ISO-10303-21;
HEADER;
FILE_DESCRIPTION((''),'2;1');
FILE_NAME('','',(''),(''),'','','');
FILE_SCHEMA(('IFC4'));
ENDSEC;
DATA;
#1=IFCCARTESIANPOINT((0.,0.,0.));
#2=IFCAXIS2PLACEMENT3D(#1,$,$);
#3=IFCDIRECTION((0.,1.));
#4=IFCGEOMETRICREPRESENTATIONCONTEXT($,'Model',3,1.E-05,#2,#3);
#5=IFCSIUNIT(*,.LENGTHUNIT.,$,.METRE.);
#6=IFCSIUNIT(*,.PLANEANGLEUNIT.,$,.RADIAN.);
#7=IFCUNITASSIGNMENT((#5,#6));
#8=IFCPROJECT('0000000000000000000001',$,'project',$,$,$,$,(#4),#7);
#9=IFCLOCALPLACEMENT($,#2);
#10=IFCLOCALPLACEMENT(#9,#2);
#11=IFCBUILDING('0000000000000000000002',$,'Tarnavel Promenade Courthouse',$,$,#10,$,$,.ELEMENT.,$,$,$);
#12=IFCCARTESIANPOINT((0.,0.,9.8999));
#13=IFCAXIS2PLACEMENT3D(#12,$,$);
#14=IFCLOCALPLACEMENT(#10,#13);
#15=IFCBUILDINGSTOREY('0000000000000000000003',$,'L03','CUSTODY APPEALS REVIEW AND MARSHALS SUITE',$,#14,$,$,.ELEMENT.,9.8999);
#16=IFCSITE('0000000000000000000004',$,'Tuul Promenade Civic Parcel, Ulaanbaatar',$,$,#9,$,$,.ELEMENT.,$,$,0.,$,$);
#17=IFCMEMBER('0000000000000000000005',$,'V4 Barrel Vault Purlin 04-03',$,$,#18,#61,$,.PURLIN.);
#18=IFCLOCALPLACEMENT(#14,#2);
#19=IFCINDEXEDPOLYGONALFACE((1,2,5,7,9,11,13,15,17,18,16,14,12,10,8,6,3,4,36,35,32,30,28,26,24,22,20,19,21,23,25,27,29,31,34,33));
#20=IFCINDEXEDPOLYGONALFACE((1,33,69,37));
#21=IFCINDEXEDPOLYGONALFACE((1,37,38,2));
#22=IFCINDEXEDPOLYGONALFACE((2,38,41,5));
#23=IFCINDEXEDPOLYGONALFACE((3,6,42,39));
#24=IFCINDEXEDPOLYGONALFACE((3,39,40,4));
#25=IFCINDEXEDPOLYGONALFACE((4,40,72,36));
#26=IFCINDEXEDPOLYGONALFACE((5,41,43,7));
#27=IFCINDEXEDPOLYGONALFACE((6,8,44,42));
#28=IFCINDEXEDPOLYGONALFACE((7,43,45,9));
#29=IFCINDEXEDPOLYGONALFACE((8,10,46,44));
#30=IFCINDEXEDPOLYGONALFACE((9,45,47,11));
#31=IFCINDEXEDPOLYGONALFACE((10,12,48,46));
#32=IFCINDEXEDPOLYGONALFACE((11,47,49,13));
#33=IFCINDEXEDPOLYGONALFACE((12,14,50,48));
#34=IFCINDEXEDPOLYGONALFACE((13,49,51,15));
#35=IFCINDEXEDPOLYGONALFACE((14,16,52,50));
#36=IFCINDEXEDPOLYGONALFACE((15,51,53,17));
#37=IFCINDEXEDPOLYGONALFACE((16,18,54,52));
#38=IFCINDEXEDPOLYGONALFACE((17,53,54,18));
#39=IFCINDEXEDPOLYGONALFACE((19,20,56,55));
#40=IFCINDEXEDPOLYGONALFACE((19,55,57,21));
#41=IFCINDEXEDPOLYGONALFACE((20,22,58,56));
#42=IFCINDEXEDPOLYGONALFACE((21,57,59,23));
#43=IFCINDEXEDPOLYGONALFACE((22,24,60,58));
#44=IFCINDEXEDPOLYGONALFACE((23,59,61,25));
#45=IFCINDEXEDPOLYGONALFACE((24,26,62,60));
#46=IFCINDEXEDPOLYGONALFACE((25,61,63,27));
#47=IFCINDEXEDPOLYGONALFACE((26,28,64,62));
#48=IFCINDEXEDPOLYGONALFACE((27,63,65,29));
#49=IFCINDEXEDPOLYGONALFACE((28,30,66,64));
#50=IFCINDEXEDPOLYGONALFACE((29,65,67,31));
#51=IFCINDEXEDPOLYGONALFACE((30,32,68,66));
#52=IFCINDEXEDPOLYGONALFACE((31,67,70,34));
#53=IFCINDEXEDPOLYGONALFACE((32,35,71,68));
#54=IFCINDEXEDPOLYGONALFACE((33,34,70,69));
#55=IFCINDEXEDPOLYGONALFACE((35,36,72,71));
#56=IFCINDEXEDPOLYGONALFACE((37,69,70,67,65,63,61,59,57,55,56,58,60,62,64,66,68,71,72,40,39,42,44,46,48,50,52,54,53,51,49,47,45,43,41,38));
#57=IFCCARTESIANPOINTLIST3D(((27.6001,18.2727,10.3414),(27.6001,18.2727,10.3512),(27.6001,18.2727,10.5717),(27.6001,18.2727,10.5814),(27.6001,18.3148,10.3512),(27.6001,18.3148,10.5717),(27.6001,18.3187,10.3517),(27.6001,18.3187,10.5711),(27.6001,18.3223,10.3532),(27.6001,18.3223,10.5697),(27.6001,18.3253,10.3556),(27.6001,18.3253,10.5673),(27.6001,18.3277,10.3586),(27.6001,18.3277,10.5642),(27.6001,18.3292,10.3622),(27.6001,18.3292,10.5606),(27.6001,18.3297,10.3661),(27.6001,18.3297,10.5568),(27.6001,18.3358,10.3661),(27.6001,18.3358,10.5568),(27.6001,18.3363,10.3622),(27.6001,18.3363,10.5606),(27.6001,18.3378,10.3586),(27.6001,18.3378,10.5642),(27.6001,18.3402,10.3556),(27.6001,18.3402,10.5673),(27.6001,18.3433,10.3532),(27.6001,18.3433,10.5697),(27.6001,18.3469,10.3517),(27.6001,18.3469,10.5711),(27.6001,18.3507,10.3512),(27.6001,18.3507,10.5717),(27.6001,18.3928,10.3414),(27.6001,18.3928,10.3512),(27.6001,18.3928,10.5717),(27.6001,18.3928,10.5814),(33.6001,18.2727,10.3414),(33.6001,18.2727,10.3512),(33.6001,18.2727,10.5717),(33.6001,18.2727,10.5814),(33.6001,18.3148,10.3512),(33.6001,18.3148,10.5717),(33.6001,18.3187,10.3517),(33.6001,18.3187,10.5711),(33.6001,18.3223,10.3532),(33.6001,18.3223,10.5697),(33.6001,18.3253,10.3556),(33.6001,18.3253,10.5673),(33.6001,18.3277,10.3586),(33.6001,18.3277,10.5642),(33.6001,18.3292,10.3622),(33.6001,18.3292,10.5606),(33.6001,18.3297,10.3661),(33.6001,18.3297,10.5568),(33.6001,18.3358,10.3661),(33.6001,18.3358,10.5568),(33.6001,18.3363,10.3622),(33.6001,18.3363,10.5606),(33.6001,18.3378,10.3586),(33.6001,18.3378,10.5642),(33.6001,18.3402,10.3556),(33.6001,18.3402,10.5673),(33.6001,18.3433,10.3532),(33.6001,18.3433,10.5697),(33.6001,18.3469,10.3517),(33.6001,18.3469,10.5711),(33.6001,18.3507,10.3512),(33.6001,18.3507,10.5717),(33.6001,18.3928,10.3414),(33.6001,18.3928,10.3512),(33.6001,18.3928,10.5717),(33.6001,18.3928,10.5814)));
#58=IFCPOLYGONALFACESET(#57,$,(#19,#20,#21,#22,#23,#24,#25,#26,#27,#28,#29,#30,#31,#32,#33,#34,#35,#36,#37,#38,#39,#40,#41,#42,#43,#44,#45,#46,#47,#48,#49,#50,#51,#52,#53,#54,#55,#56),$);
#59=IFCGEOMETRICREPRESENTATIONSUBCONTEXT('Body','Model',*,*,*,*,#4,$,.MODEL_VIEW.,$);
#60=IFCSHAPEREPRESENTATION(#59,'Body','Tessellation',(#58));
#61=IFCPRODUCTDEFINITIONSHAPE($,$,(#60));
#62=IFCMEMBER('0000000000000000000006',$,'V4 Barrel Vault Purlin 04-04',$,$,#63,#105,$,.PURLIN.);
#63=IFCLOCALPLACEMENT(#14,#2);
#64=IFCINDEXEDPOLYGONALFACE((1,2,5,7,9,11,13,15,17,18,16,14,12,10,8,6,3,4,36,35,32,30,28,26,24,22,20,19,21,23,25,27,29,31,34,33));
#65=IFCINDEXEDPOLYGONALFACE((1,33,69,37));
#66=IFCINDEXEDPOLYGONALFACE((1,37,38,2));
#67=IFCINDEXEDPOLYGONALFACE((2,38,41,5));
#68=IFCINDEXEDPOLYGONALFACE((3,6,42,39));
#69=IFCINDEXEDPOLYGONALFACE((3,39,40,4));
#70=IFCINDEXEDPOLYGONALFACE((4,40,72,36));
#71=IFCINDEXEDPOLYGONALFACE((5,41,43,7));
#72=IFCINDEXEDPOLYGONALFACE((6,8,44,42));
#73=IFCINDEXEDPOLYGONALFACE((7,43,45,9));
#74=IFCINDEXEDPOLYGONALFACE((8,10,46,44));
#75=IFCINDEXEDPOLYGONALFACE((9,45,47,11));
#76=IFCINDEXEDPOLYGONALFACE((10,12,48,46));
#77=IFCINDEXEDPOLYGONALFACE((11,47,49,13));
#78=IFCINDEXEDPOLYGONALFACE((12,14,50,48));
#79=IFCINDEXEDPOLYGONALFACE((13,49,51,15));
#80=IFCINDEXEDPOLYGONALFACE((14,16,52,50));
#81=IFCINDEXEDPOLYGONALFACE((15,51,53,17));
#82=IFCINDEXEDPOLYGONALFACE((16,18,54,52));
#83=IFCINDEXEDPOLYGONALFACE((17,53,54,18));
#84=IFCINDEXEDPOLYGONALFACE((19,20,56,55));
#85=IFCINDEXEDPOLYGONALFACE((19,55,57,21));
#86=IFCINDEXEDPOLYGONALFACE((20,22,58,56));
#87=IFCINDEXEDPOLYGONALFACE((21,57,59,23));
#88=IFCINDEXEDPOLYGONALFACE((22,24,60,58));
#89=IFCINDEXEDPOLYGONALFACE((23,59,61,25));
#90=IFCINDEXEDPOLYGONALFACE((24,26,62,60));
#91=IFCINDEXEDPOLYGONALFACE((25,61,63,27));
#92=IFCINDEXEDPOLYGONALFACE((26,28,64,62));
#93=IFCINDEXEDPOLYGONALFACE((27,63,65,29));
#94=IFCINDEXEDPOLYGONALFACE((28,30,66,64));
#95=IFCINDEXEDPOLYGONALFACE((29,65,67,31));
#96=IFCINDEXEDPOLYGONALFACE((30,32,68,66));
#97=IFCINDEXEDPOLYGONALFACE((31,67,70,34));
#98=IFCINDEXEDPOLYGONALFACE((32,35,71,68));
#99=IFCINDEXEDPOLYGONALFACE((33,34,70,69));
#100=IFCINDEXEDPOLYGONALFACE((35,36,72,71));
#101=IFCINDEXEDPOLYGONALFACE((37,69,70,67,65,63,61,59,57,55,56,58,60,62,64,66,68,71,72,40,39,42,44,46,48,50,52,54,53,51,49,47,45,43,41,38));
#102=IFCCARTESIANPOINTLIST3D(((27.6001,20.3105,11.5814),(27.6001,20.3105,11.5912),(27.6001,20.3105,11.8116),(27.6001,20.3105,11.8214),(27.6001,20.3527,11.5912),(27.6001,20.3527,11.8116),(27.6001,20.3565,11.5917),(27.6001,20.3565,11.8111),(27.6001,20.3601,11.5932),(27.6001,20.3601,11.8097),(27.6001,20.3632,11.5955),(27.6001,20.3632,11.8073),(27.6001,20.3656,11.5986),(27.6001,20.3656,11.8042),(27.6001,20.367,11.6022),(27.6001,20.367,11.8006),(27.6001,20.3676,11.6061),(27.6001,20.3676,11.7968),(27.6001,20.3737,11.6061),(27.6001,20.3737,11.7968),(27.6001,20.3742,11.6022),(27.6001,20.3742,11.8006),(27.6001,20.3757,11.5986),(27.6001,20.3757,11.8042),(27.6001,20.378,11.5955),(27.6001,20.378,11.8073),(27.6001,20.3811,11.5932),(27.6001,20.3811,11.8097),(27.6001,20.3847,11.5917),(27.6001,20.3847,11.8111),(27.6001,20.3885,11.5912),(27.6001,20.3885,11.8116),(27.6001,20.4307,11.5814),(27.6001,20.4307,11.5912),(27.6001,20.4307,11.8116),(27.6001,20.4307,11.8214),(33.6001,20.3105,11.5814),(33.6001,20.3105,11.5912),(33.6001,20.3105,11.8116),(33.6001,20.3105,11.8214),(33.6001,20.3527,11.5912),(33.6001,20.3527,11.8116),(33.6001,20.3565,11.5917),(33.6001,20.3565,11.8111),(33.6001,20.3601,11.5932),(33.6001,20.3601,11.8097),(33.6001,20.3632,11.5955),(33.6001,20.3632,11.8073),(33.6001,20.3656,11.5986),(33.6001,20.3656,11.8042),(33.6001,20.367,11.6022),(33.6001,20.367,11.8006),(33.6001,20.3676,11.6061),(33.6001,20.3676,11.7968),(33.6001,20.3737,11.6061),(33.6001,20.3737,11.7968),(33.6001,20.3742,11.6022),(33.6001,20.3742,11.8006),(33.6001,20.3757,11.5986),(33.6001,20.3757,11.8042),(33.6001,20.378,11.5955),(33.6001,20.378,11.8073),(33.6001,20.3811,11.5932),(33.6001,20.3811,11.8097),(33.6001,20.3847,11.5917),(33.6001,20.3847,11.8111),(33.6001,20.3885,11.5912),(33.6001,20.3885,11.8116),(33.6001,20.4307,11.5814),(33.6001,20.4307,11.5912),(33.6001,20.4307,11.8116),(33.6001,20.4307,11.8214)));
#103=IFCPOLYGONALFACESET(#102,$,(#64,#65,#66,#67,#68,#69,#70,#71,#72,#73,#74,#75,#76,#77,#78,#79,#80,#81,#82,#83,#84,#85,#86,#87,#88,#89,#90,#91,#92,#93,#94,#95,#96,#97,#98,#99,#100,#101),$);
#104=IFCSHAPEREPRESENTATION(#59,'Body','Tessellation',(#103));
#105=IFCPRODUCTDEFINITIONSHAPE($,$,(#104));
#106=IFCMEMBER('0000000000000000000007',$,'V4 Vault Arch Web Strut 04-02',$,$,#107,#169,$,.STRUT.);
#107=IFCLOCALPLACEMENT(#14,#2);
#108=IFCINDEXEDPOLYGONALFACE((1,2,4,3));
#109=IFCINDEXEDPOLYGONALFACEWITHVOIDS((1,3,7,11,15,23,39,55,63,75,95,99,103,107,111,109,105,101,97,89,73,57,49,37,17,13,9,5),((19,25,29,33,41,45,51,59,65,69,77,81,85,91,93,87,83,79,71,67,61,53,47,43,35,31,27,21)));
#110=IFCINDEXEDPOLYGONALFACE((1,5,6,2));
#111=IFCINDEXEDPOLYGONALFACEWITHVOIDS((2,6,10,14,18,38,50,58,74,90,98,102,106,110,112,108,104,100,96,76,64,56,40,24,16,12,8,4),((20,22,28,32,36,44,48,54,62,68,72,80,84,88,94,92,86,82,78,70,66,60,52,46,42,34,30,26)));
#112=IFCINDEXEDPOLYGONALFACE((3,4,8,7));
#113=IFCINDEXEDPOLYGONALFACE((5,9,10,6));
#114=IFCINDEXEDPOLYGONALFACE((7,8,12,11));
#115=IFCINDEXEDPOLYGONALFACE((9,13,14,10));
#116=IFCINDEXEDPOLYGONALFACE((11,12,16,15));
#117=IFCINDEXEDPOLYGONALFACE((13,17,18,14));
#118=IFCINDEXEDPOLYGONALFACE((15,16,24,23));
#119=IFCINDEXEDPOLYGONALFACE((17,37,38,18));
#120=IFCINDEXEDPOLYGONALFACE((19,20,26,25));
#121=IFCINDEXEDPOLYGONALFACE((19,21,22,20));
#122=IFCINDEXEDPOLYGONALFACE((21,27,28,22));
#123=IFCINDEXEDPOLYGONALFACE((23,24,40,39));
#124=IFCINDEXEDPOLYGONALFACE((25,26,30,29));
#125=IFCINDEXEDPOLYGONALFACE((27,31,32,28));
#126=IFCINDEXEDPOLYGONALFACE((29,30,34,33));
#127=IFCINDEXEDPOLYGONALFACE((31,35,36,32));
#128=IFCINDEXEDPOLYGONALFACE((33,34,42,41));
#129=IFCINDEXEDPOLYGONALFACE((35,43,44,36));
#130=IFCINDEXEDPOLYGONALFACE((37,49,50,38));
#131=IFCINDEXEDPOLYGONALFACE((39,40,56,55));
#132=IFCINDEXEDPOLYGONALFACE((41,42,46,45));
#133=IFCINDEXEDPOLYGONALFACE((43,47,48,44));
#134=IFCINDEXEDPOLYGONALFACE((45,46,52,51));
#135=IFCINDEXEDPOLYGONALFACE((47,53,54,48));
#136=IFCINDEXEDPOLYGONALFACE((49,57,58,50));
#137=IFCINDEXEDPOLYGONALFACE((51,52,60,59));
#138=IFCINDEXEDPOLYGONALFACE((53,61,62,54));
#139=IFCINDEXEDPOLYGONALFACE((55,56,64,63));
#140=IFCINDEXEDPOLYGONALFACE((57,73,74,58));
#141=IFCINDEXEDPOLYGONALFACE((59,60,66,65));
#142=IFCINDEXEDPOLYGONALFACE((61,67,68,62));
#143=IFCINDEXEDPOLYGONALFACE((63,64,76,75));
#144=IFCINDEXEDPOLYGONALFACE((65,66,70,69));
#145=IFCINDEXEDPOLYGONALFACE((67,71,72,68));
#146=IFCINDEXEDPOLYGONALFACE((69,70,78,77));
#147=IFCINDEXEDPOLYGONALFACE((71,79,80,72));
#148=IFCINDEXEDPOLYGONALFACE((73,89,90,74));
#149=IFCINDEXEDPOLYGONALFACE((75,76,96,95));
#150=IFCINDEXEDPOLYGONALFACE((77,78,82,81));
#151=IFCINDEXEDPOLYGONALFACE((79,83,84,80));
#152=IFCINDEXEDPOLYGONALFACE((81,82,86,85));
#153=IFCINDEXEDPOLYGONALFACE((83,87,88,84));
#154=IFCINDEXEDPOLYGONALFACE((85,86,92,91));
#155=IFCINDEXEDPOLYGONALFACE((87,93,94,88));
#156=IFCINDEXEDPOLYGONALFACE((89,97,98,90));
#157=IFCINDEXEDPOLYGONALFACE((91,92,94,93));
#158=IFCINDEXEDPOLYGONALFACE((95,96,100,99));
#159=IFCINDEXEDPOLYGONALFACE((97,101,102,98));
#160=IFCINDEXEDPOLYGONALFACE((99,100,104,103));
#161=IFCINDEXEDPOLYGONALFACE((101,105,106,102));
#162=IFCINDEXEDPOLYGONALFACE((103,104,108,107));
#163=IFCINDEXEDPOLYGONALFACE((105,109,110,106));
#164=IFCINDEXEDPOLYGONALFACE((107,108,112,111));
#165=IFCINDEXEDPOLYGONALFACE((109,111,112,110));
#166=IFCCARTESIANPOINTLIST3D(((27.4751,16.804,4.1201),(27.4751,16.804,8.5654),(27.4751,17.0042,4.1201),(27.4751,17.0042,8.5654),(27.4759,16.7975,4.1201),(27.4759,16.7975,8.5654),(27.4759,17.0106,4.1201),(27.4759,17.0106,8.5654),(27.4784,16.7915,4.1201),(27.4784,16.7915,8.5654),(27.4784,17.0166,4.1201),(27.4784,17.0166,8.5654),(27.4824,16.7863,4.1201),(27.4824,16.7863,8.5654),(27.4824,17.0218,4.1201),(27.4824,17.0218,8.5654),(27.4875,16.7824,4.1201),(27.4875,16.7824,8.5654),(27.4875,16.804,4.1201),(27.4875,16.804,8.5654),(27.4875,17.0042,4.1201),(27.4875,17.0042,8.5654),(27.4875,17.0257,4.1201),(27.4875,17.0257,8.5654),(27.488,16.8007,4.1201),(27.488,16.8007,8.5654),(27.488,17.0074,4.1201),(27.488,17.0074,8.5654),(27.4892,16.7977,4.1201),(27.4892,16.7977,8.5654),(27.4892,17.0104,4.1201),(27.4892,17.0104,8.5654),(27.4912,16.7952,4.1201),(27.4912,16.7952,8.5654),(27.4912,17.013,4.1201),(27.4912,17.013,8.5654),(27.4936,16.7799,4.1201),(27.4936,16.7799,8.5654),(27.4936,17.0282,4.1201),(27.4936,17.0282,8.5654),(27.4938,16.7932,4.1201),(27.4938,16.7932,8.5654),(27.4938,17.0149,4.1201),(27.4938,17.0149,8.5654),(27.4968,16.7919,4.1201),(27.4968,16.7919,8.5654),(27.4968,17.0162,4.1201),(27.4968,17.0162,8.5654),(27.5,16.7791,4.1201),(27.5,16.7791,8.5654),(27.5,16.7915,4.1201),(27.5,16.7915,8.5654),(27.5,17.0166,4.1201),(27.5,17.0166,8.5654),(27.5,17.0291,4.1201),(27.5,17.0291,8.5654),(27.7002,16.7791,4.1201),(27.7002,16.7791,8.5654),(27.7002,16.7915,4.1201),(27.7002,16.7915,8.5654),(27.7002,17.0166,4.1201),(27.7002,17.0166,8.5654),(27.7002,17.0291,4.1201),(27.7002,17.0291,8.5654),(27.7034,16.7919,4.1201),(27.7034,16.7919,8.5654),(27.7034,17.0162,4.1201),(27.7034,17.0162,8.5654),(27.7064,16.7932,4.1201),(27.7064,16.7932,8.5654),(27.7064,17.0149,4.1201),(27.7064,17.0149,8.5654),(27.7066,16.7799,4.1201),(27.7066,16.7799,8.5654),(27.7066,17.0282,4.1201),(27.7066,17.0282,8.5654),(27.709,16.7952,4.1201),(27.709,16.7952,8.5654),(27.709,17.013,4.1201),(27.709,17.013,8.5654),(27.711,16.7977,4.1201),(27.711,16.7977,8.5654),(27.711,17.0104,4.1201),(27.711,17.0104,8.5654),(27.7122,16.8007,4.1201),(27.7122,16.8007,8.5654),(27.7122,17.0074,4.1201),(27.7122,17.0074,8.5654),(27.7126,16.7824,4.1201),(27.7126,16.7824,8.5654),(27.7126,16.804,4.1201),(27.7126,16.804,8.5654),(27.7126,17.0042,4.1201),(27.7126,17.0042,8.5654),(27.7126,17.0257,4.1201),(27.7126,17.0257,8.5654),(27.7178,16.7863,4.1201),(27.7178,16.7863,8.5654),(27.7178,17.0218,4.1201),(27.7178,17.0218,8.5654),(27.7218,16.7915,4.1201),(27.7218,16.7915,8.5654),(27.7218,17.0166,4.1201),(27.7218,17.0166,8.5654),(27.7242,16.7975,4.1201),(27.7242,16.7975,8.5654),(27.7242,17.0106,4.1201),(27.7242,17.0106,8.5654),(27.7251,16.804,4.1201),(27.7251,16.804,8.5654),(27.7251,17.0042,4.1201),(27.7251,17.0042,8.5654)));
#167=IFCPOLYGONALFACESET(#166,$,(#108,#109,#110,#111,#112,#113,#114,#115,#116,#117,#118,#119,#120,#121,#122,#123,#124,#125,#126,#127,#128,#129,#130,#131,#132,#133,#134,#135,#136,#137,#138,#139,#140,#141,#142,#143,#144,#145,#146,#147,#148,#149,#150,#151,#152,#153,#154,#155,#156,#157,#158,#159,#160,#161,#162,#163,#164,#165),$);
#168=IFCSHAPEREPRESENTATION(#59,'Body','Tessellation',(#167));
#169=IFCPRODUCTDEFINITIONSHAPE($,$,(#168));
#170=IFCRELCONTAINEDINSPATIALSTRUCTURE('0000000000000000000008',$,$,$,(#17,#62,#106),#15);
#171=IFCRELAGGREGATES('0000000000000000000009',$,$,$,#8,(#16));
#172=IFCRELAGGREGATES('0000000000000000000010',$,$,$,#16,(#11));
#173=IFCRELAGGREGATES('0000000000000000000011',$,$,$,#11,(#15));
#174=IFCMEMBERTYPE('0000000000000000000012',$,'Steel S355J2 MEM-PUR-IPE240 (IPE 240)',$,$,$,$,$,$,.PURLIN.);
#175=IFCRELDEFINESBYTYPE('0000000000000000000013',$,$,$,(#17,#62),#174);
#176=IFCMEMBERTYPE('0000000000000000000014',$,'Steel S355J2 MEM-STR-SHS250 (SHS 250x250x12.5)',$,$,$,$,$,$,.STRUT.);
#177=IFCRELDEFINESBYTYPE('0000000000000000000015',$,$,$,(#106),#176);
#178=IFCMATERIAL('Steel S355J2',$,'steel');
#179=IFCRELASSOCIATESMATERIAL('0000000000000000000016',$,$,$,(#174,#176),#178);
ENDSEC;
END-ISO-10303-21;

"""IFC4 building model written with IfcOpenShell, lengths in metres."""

from ifc_helpers import new_model, si_unit, direction, frame, origin, origin_2d, place, context, subcontext, project, spatial, hollow_rectangle, i_section, extrude, material, material_profile, profile_set, type_object, element, save


model = new_model("IFC4")

# Units and contexts
model_context = context("Model", 3, precision=1e-05, world=origin(), true_north=direction((0.0, 1.0)))
body_context = subcontext(model_context, "Body", "Model", "MODEL_VIEW")
ifc_project = project(units=[si_unit("LENGTHUNIT", "METRE"), si_unit("PLANEANGLEUNIT", "RADIAN")], contexts=[model_context])

# Site, building, storey
site_placement = place(None, origin())
site = spatial("IfcSite", under=ifc_project, at=site_placement, Name="Tuul Promenade Civic Parcel, Ulaanbaatar", CompositionType="ELEMENT", RefElevation=0.0)
building_placement = place(site_placement, origin())
building = spatial("IfcBuilding", under=site, at=building_placement, Name="Tarnavel Promenade Courthouse", CompositionType="ELEMENT")
storey_placement = place(building_placement, frame((0.0, 0.0, 9.8999)))
storey = spatial("IfcBuildingStorey", under=building, at=storey_placement, Name="L03", Description="CUSTODY APPEALS REVIEW AND MARSHALS SUITE", CompositionType="ELEMENT", Elevation=9.8999)

# Shared definitions
ifc_material_1 = material(Name="Steel S355J2", Category="steel")

# Members
ifc_material_profile_1 = material_profile(ifc_material_1, i_section(OverallWidth=0.1201, OverallDepth=0.24, WebThickness=0.0061, FlangeThickness=0.0098, FilletRadius=0.0149, at=origin_2d()), Name="IPE 240")
ifc_profile_set_1 = profile_set([ifc_material_profile_1], Name="Steel S355J2")
member_type_1 = type_object("IfcMemberType", Name="Steel S355J2 MEM-PUR-IPE240 (IPE 240)", PredefinedType="PURLIN", material=ifc_profile_set_1)
for number, where, z_axis, x_axis, name in (
    (1, (27.6001, 18.3328, 10.4614), (1.0, 0.0, 0.0), (0.0, 1.0, 0.0), "V4 Barrel Vault Purlin 04-03"),
    (2, (27.6001, 20.3706, 11.7014), (1.0, 0.0, 0.0), (0.0, 1.0, 0.0), "V4 Barrel Vault Purlin 04-04"),
):
    element("IfcMember", number, at=place(storey_placement, frame(where, z_axis=z_axis, x_axis=x_axis)), inside=storey, type_object=member_type_1, Name=name, PredefinedType="PURLIN", context=body_context, shape_type="SweptSolid", body=[
        extrude(i_section(OverallWidth=0.1201, OverallDepth=0.24, WebThickness=0.0061, FlangeThickness=0.0098, FilletRadius=0.0149, at=origin_2d()), origin(), (0.0, 0.0, 1.0), 6.0),
    ])
ifc_material_profile_2 = material_profile(ifc_material_1, hollow_rectangle(XDim=0.25, YDim=0.25, WallThickness=0.0125, InnerFilletRadius=0.0125, OuterFilletRadius=0.0249, at=origin_2d()), Name="SHS 250x250x12.5")
ifc_profile_set_2 = profile_set([ifc_material_profile_2], Name="Steel S355J2")
member_type_2 = type_object("IfcMemberType", Name="Steel S355J2 MEM-STR-SHS250 (SHS 250x250x12.5)", PredefinedType="STRUT", material=ifc_profile_set_2)
member_1_placement = place(storey_placement, frame((27.6001, 16.9041, 4.1201), z_axis=(0.0, 0.0, 1.0), x_axis=(1.0, 0.0, 0.0)))
element("IfcMember", 3, at=member_1_placement, inside=storey, type_object=member_type_2, Name="V4 Vault Arch Web Strut 04-02", PredefinedType="STRUT", context=body_context, shape_type="SweptSolid", body=[
    extrude(hollow_rectangle(XDim=0.25, YDim=0.25, WallThickness=0.0125, InnerFilletRadius=0.0125, OuterFilletRadius=0.0249, at=origin_2d()), origin(), (0.0, 0.0, 1.0), 4.4453),
])

save(model, "model.ifc")
